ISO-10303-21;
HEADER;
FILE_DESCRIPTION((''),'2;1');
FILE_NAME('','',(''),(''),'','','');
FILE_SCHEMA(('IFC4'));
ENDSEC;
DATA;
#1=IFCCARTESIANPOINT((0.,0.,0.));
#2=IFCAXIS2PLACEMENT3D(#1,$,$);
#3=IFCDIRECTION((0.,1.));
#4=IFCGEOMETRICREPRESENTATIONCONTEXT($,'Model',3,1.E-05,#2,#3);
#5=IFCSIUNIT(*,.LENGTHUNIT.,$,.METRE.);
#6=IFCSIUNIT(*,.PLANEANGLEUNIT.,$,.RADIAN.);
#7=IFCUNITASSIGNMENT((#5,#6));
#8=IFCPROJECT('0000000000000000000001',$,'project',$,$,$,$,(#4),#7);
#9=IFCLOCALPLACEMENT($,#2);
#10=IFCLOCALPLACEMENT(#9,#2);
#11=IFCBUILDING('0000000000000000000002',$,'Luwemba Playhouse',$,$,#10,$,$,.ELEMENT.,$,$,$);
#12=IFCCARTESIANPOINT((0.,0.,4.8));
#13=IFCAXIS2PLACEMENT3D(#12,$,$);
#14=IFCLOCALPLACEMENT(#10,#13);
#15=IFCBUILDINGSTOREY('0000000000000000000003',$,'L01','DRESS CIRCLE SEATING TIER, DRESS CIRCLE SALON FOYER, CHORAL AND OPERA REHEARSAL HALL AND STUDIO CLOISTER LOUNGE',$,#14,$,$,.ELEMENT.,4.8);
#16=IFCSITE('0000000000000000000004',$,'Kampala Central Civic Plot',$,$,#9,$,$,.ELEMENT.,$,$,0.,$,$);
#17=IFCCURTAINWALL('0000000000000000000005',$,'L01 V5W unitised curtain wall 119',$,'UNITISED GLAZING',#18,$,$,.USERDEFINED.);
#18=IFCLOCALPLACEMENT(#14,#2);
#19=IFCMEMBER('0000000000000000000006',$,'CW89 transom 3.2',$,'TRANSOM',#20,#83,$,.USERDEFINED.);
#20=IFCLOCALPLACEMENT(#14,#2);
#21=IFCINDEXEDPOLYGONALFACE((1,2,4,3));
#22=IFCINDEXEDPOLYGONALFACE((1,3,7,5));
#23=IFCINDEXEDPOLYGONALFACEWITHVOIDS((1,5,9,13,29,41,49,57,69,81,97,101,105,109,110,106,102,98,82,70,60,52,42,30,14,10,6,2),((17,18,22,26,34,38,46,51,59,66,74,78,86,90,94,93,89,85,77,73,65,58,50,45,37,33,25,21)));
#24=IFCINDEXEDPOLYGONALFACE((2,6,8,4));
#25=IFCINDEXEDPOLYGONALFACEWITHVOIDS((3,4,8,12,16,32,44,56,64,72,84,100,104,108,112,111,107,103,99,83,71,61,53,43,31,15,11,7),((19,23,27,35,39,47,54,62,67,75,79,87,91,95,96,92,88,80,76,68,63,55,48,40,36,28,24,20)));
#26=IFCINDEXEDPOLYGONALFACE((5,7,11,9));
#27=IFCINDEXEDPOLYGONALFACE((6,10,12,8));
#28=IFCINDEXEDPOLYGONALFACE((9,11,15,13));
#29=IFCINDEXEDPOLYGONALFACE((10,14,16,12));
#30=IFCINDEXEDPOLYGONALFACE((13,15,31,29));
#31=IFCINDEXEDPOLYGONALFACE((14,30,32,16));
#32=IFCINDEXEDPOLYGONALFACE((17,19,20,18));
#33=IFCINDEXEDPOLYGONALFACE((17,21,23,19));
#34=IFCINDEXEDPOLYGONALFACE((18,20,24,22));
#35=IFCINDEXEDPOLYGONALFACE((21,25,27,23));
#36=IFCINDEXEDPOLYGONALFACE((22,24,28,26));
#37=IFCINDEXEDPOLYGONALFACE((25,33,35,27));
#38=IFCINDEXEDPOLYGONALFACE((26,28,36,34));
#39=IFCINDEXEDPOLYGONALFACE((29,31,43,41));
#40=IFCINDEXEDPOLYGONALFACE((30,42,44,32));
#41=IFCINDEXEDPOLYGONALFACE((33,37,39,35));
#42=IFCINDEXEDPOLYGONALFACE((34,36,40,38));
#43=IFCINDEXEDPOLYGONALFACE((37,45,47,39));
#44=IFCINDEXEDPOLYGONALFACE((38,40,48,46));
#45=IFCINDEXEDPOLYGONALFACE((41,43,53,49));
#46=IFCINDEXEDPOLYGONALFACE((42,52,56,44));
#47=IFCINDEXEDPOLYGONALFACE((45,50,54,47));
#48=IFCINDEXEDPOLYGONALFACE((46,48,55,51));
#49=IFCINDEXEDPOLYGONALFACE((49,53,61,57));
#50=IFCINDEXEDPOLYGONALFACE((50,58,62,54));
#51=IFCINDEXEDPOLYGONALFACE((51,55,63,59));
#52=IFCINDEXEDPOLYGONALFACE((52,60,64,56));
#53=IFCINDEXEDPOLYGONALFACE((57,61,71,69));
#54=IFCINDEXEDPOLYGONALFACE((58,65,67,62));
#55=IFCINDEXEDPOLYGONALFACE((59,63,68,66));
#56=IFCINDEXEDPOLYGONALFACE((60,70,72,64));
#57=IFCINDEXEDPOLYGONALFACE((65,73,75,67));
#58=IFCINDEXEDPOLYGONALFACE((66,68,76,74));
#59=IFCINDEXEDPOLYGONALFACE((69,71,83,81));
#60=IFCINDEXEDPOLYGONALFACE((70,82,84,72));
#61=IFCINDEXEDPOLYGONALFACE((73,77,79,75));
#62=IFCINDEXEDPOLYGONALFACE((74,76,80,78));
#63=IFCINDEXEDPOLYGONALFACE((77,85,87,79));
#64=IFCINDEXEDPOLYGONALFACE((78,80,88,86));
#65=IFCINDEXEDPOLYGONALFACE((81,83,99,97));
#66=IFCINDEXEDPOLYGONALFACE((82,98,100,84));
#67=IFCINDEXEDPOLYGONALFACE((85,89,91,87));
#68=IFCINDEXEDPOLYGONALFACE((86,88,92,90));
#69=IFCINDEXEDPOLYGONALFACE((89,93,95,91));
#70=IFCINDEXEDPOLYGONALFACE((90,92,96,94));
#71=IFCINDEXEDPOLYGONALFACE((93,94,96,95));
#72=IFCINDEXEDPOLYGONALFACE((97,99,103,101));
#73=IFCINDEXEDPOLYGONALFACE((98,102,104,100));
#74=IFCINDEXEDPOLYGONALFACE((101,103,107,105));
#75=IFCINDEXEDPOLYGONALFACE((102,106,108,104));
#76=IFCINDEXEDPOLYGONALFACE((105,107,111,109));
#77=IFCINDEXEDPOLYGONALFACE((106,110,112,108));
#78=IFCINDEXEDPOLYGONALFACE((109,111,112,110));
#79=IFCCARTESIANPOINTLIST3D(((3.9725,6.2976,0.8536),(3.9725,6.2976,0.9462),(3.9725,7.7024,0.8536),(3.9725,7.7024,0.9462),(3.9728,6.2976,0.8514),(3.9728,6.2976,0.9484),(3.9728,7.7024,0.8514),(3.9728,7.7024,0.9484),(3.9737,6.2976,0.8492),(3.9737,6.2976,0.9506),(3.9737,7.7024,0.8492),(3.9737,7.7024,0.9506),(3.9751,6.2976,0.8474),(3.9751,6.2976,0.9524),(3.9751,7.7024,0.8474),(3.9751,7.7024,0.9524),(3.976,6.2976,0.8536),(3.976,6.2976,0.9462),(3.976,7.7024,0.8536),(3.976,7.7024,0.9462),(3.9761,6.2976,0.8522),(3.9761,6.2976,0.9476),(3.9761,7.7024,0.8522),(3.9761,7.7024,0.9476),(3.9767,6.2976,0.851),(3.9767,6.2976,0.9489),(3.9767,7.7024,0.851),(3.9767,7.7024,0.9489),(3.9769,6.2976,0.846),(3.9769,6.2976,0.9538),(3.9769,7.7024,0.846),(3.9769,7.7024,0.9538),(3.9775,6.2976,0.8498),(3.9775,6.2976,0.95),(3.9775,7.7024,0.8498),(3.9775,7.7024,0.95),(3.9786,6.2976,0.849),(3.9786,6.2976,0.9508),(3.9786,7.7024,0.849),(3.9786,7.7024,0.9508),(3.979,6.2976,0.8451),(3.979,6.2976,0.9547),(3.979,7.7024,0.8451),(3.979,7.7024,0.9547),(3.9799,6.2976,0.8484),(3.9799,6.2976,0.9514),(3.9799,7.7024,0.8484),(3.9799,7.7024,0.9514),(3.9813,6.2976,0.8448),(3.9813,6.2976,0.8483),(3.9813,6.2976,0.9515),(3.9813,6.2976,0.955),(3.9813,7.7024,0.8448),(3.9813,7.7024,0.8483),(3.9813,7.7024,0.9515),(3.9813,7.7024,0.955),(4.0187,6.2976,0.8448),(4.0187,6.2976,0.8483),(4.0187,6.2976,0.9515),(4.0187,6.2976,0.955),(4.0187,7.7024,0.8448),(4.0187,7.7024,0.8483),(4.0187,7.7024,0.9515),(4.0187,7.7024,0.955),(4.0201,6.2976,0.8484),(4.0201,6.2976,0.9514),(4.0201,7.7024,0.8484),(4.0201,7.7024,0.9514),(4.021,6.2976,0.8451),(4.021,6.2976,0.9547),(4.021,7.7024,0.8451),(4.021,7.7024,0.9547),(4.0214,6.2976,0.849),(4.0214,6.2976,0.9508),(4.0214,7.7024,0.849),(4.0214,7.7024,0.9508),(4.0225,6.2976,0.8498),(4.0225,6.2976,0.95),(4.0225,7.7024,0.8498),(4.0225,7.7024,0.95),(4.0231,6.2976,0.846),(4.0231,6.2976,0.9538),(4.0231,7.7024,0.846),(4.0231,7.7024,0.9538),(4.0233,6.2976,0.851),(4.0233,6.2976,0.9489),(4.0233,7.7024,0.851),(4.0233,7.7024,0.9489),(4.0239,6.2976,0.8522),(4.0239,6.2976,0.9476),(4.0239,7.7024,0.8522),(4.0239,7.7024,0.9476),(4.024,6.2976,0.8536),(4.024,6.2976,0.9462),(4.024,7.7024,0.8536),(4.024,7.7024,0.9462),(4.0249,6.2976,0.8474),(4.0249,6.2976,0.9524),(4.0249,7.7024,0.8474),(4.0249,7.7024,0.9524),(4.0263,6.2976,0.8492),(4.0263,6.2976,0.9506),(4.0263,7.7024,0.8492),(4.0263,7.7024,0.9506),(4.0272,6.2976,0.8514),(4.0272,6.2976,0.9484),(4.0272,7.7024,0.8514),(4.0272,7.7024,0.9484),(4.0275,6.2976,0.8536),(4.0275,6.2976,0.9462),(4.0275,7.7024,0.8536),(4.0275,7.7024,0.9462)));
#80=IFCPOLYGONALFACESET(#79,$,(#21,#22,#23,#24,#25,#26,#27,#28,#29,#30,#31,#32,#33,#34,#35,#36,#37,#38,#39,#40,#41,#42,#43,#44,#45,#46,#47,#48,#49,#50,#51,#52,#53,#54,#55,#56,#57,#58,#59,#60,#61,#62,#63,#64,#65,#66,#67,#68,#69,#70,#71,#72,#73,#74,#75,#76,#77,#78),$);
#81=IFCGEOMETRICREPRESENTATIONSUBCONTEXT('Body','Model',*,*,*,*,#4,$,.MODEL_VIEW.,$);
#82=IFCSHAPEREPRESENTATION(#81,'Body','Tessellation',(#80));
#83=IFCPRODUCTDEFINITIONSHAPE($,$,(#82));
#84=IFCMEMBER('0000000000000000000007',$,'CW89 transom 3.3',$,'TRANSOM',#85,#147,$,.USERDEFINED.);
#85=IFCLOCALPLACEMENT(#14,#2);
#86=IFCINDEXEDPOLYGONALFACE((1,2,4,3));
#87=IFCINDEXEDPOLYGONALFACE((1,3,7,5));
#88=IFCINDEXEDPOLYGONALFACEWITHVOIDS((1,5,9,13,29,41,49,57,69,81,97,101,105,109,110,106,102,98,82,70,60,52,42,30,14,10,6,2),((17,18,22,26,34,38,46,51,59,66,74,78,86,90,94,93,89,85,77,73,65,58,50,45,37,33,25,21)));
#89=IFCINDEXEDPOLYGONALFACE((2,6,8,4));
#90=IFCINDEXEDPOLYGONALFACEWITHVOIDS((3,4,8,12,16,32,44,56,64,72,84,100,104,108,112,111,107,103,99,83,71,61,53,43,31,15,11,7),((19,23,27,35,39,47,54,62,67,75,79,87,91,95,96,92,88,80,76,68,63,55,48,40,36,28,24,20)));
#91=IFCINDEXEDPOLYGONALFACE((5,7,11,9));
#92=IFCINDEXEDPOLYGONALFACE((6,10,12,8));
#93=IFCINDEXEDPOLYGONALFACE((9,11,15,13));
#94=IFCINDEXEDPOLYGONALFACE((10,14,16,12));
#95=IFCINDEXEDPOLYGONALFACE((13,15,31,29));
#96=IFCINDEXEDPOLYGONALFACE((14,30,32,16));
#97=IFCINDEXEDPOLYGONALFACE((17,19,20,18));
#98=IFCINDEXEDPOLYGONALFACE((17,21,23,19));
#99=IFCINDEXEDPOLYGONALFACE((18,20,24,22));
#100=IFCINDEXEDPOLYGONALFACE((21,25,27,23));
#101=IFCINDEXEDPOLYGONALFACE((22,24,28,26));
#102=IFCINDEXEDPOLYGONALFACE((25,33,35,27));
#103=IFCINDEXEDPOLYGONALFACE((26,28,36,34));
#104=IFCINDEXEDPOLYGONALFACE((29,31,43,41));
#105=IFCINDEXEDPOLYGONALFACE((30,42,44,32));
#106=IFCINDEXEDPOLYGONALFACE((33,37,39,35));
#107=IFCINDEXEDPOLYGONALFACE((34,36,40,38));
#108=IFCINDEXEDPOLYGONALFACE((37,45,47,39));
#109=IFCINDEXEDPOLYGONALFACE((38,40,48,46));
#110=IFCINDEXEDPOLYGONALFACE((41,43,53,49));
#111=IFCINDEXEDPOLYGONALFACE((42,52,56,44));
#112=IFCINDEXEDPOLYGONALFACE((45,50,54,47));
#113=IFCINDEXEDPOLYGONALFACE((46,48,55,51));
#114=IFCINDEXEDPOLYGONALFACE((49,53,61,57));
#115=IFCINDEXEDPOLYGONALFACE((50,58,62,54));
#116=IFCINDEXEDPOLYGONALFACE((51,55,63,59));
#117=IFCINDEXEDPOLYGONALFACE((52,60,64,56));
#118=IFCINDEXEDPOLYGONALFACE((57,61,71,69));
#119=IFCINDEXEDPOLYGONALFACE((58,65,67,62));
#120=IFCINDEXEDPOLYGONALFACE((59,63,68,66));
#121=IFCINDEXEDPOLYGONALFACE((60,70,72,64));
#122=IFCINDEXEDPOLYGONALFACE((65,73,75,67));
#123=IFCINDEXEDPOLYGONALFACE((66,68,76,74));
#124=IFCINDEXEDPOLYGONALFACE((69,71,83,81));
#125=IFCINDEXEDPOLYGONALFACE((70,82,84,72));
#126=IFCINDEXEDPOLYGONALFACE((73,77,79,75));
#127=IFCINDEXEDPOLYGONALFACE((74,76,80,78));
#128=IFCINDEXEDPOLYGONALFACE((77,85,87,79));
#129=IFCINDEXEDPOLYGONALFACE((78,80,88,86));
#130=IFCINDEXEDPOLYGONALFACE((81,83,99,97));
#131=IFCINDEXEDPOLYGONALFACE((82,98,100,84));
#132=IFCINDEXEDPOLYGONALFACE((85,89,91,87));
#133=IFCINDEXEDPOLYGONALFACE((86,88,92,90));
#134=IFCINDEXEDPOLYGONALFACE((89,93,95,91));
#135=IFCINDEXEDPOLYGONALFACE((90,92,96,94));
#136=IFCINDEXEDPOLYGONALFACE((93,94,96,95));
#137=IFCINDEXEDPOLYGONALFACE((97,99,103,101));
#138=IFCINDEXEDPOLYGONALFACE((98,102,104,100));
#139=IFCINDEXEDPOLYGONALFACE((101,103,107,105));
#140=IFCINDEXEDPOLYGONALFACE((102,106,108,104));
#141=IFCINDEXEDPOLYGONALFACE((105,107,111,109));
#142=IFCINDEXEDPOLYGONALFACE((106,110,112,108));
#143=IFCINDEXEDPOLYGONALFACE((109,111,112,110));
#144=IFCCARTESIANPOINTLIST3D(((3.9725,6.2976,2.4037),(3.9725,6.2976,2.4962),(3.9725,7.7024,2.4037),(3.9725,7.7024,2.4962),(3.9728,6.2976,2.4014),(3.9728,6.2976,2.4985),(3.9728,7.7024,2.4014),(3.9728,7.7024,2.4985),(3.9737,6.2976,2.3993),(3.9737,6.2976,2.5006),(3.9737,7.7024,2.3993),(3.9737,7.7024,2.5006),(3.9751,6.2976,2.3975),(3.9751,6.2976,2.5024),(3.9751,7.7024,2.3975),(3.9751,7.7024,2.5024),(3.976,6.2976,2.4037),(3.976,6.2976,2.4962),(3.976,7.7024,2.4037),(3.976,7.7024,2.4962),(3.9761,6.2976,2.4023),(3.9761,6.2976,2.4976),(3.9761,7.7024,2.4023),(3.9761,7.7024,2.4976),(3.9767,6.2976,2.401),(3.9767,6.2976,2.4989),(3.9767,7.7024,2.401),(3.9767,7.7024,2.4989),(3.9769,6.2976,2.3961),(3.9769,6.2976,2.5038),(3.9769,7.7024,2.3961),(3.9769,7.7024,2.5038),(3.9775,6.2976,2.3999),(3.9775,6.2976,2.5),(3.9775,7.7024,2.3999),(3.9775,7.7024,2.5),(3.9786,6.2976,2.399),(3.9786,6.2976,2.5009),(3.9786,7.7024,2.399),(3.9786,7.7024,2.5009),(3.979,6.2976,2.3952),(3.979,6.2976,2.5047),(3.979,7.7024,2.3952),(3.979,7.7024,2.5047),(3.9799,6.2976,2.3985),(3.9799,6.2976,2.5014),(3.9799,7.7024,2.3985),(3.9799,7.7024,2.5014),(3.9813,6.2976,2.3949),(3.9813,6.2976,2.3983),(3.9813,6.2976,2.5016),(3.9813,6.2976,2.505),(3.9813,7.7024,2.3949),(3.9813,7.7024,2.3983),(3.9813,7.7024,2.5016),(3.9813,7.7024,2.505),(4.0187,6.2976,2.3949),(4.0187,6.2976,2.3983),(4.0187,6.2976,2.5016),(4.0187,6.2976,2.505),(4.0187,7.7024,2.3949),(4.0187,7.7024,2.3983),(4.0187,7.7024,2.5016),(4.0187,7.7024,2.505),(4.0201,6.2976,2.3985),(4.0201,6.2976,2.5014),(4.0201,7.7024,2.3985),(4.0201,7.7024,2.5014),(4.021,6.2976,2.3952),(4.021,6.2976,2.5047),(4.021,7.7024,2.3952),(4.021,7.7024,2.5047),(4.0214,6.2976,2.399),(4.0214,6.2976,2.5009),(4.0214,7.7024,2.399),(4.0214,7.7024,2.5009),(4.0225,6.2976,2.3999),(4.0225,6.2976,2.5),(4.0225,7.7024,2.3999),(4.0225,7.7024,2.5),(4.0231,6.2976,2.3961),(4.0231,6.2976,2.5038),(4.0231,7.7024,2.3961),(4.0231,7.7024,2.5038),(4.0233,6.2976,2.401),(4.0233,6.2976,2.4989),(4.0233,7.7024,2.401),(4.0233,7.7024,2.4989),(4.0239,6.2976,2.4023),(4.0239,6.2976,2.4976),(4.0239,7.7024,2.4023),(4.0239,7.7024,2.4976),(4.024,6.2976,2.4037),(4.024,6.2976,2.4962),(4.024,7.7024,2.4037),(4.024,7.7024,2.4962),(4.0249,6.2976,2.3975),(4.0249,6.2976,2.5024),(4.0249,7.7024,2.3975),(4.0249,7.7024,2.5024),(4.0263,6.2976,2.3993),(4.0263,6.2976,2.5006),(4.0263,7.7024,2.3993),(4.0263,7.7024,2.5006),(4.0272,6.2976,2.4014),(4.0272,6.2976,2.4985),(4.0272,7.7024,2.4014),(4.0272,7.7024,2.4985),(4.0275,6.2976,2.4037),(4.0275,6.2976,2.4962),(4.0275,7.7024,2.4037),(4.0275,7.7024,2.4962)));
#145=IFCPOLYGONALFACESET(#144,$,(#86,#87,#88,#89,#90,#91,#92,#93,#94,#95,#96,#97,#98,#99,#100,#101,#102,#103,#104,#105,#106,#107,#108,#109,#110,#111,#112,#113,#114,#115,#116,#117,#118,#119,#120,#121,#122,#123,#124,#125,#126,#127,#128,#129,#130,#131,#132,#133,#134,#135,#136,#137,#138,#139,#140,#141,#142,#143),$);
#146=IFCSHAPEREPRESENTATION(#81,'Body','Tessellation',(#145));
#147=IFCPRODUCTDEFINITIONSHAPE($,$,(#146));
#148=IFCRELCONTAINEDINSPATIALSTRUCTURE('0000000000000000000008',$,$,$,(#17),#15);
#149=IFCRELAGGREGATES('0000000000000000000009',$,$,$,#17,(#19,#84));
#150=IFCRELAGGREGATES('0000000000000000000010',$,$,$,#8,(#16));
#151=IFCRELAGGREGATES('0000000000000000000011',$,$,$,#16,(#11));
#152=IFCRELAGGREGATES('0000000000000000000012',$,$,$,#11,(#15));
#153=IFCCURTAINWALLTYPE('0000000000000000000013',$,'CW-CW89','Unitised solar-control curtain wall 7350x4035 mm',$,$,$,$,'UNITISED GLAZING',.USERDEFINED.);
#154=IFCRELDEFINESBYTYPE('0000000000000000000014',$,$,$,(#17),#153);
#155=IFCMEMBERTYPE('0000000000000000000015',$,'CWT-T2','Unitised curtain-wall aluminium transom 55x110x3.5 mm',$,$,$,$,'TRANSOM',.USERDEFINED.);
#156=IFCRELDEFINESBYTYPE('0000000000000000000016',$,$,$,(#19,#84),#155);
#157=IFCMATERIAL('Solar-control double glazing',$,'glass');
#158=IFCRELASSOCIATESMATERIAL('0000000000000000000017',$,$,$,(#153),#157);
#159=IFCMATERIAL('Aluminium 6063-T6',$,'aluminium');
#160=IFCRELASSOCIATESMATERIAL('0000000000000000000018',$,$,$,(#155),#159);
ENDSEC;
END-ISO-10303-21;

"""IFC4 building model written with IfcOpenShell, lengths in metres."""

from ifc_helpers import new_model, si_unit, direction, frame, origin, origin_2d, place, context, subcontext, project, spatial, hollow_rectangle, extrude, material, material_profile, profile_set, type_object, element, aggregate, save


model = new_model("IFC4")

# Units and contexts
model_context = context("Model", 3, precision=1e-05, world=origin(), true_north=direction((0.0, 1.0)))
body_context = subcontext(model_context, "Body", "Model", "MODEL_VIEW")
ifc_project = project(units=[si_unit("LENGTHUNIT", "METRE"), si_unit("PLANEANGLEUNIT", "RADIAN")], contexts=[model_context])

# Site, building, storey
site_placement = place(None, origin())
site = spatial("IfcSite", under=ifc_project, at=site_placement, Name="Kampala Central Civic Plot", CompositionType="ELEMENT", RefElevation=0.0)
building_placement = place(site_placement, origin())
building = spatial("IfcBuilding", under=site, at=building_placement, Name="Luwemba Playhouse", CompositionType="ELEMENT")
storey_placement = place(building_placement, frame((0.0, 0.0, 4.8)))
storey = spatial("IfcBuildingStorey", under=building, at=storey_placement, Name="L01", Description="DRESS CIRCLE SEATING TIER, DRESS CIRCLE SALON FOYER, CHORAL AND OPERA REHEARSAL HALL AND STUDIO CLOISTER LOUNGE", CompositionType="ELEMENT", Elevation=4.8)

# Curtain wall, members
ifc_material_1 = material(Name="Solar-control double glazing", Category="glass")
curtain_wall_type = type_object("IfcCurtainWallType", Name="CW-CW89", Description="Unitised solar-control curtain wall 7350x4035 mm", ElementType="UNITISED GLAZING", PredefinedType="USERDEFINED", material=ifc_material_1)
curtain_wall_placement = place(storey_placement, origin())
curtain_wall = element("IfcCurtainWall", 1, at=curtain_wall_placement, inside=storey, type_object=curtain_wall_type, Name="L01 V5W unitised curtain wall 119", ObjectType="UNITISED GLAZING", PredefinedType="USERDEFINED")
ifc_material_2 = material(Name="Aluminium 6063-T6", Category="aluminium")
ifc_material_profile_1 = material_profile(ifc_material_2, hollow_rectangle(XDim=0.0549, YDim=0.1101, WallThickness=0.0034, InnerFilletRadius=0.0054, OuterFilletRadius=0.0088, at=origin_2d()))
ifc_profile_set_1 = profile_set([ifc_material_profile_1], Name="Aluminium 6063-T6")
member_type_1 = type_object("IfcMemberType", Name="CWT-T2", Description="Unitised curtain-wall aluminium transom 55x110x3.5 mm", ElementType="TRANSOM", PredefinedType="USERDEFINED", material=ifc_profile_set_1)
member_1_placement = place(storey_placement, frame((4.0, 6.2976, 0.8999), z_axis=(0.0, 1.0, 0.0), x_axis=(-1.0, 0.0, 0.0)))
member_1 = element("IfcMember", 2, at=member_1_placement, type_object=member_type_1, Name="CW89 transom 3.2", ObjectType="TRANSOM", PredefinedType="USERDEFINED", context=body_context, shape_type="SweptSolid", body=[
    extrude(hollow_rectangle(XDim=0.0549, YDim=0.1101, WallThickness=0.0034, InnerFilletRadius=0.0054, OuterFilletRadius=0.0088, at=origin_2d()), origin(), (0.0, 0.0, 1.0), 1.4048),
])
member_2_placement = place(storey_placement, frame((4.0, 6.2976, 2.45), z_axis=(0.0, 1.0, 0.0), x_axis=(-1.0, 0.0, 0.0)))
member_2 = element("IfcMember", 3, at=member_2_placement, type_object=member_type_1, Name="CW89 transom 3.3", ObjectType="TRANSOM", PredefinedType="USERDEFINED", context=body_context, shape_type="SweptSolid", body=[
    extrude(hollow_rectangle(XDim=0.0549, YDim=0.1101, WallThickness=0.0034, InnerFilletRadius=0.0054, OuterFilletRadius=0.0088, at=origin_2d()), origin(), (0.0, 0.0, 1.0), 1.4048),
])
aggregate(curtain_wall, [member_1, member_2])

save(model, "model.ifc")
